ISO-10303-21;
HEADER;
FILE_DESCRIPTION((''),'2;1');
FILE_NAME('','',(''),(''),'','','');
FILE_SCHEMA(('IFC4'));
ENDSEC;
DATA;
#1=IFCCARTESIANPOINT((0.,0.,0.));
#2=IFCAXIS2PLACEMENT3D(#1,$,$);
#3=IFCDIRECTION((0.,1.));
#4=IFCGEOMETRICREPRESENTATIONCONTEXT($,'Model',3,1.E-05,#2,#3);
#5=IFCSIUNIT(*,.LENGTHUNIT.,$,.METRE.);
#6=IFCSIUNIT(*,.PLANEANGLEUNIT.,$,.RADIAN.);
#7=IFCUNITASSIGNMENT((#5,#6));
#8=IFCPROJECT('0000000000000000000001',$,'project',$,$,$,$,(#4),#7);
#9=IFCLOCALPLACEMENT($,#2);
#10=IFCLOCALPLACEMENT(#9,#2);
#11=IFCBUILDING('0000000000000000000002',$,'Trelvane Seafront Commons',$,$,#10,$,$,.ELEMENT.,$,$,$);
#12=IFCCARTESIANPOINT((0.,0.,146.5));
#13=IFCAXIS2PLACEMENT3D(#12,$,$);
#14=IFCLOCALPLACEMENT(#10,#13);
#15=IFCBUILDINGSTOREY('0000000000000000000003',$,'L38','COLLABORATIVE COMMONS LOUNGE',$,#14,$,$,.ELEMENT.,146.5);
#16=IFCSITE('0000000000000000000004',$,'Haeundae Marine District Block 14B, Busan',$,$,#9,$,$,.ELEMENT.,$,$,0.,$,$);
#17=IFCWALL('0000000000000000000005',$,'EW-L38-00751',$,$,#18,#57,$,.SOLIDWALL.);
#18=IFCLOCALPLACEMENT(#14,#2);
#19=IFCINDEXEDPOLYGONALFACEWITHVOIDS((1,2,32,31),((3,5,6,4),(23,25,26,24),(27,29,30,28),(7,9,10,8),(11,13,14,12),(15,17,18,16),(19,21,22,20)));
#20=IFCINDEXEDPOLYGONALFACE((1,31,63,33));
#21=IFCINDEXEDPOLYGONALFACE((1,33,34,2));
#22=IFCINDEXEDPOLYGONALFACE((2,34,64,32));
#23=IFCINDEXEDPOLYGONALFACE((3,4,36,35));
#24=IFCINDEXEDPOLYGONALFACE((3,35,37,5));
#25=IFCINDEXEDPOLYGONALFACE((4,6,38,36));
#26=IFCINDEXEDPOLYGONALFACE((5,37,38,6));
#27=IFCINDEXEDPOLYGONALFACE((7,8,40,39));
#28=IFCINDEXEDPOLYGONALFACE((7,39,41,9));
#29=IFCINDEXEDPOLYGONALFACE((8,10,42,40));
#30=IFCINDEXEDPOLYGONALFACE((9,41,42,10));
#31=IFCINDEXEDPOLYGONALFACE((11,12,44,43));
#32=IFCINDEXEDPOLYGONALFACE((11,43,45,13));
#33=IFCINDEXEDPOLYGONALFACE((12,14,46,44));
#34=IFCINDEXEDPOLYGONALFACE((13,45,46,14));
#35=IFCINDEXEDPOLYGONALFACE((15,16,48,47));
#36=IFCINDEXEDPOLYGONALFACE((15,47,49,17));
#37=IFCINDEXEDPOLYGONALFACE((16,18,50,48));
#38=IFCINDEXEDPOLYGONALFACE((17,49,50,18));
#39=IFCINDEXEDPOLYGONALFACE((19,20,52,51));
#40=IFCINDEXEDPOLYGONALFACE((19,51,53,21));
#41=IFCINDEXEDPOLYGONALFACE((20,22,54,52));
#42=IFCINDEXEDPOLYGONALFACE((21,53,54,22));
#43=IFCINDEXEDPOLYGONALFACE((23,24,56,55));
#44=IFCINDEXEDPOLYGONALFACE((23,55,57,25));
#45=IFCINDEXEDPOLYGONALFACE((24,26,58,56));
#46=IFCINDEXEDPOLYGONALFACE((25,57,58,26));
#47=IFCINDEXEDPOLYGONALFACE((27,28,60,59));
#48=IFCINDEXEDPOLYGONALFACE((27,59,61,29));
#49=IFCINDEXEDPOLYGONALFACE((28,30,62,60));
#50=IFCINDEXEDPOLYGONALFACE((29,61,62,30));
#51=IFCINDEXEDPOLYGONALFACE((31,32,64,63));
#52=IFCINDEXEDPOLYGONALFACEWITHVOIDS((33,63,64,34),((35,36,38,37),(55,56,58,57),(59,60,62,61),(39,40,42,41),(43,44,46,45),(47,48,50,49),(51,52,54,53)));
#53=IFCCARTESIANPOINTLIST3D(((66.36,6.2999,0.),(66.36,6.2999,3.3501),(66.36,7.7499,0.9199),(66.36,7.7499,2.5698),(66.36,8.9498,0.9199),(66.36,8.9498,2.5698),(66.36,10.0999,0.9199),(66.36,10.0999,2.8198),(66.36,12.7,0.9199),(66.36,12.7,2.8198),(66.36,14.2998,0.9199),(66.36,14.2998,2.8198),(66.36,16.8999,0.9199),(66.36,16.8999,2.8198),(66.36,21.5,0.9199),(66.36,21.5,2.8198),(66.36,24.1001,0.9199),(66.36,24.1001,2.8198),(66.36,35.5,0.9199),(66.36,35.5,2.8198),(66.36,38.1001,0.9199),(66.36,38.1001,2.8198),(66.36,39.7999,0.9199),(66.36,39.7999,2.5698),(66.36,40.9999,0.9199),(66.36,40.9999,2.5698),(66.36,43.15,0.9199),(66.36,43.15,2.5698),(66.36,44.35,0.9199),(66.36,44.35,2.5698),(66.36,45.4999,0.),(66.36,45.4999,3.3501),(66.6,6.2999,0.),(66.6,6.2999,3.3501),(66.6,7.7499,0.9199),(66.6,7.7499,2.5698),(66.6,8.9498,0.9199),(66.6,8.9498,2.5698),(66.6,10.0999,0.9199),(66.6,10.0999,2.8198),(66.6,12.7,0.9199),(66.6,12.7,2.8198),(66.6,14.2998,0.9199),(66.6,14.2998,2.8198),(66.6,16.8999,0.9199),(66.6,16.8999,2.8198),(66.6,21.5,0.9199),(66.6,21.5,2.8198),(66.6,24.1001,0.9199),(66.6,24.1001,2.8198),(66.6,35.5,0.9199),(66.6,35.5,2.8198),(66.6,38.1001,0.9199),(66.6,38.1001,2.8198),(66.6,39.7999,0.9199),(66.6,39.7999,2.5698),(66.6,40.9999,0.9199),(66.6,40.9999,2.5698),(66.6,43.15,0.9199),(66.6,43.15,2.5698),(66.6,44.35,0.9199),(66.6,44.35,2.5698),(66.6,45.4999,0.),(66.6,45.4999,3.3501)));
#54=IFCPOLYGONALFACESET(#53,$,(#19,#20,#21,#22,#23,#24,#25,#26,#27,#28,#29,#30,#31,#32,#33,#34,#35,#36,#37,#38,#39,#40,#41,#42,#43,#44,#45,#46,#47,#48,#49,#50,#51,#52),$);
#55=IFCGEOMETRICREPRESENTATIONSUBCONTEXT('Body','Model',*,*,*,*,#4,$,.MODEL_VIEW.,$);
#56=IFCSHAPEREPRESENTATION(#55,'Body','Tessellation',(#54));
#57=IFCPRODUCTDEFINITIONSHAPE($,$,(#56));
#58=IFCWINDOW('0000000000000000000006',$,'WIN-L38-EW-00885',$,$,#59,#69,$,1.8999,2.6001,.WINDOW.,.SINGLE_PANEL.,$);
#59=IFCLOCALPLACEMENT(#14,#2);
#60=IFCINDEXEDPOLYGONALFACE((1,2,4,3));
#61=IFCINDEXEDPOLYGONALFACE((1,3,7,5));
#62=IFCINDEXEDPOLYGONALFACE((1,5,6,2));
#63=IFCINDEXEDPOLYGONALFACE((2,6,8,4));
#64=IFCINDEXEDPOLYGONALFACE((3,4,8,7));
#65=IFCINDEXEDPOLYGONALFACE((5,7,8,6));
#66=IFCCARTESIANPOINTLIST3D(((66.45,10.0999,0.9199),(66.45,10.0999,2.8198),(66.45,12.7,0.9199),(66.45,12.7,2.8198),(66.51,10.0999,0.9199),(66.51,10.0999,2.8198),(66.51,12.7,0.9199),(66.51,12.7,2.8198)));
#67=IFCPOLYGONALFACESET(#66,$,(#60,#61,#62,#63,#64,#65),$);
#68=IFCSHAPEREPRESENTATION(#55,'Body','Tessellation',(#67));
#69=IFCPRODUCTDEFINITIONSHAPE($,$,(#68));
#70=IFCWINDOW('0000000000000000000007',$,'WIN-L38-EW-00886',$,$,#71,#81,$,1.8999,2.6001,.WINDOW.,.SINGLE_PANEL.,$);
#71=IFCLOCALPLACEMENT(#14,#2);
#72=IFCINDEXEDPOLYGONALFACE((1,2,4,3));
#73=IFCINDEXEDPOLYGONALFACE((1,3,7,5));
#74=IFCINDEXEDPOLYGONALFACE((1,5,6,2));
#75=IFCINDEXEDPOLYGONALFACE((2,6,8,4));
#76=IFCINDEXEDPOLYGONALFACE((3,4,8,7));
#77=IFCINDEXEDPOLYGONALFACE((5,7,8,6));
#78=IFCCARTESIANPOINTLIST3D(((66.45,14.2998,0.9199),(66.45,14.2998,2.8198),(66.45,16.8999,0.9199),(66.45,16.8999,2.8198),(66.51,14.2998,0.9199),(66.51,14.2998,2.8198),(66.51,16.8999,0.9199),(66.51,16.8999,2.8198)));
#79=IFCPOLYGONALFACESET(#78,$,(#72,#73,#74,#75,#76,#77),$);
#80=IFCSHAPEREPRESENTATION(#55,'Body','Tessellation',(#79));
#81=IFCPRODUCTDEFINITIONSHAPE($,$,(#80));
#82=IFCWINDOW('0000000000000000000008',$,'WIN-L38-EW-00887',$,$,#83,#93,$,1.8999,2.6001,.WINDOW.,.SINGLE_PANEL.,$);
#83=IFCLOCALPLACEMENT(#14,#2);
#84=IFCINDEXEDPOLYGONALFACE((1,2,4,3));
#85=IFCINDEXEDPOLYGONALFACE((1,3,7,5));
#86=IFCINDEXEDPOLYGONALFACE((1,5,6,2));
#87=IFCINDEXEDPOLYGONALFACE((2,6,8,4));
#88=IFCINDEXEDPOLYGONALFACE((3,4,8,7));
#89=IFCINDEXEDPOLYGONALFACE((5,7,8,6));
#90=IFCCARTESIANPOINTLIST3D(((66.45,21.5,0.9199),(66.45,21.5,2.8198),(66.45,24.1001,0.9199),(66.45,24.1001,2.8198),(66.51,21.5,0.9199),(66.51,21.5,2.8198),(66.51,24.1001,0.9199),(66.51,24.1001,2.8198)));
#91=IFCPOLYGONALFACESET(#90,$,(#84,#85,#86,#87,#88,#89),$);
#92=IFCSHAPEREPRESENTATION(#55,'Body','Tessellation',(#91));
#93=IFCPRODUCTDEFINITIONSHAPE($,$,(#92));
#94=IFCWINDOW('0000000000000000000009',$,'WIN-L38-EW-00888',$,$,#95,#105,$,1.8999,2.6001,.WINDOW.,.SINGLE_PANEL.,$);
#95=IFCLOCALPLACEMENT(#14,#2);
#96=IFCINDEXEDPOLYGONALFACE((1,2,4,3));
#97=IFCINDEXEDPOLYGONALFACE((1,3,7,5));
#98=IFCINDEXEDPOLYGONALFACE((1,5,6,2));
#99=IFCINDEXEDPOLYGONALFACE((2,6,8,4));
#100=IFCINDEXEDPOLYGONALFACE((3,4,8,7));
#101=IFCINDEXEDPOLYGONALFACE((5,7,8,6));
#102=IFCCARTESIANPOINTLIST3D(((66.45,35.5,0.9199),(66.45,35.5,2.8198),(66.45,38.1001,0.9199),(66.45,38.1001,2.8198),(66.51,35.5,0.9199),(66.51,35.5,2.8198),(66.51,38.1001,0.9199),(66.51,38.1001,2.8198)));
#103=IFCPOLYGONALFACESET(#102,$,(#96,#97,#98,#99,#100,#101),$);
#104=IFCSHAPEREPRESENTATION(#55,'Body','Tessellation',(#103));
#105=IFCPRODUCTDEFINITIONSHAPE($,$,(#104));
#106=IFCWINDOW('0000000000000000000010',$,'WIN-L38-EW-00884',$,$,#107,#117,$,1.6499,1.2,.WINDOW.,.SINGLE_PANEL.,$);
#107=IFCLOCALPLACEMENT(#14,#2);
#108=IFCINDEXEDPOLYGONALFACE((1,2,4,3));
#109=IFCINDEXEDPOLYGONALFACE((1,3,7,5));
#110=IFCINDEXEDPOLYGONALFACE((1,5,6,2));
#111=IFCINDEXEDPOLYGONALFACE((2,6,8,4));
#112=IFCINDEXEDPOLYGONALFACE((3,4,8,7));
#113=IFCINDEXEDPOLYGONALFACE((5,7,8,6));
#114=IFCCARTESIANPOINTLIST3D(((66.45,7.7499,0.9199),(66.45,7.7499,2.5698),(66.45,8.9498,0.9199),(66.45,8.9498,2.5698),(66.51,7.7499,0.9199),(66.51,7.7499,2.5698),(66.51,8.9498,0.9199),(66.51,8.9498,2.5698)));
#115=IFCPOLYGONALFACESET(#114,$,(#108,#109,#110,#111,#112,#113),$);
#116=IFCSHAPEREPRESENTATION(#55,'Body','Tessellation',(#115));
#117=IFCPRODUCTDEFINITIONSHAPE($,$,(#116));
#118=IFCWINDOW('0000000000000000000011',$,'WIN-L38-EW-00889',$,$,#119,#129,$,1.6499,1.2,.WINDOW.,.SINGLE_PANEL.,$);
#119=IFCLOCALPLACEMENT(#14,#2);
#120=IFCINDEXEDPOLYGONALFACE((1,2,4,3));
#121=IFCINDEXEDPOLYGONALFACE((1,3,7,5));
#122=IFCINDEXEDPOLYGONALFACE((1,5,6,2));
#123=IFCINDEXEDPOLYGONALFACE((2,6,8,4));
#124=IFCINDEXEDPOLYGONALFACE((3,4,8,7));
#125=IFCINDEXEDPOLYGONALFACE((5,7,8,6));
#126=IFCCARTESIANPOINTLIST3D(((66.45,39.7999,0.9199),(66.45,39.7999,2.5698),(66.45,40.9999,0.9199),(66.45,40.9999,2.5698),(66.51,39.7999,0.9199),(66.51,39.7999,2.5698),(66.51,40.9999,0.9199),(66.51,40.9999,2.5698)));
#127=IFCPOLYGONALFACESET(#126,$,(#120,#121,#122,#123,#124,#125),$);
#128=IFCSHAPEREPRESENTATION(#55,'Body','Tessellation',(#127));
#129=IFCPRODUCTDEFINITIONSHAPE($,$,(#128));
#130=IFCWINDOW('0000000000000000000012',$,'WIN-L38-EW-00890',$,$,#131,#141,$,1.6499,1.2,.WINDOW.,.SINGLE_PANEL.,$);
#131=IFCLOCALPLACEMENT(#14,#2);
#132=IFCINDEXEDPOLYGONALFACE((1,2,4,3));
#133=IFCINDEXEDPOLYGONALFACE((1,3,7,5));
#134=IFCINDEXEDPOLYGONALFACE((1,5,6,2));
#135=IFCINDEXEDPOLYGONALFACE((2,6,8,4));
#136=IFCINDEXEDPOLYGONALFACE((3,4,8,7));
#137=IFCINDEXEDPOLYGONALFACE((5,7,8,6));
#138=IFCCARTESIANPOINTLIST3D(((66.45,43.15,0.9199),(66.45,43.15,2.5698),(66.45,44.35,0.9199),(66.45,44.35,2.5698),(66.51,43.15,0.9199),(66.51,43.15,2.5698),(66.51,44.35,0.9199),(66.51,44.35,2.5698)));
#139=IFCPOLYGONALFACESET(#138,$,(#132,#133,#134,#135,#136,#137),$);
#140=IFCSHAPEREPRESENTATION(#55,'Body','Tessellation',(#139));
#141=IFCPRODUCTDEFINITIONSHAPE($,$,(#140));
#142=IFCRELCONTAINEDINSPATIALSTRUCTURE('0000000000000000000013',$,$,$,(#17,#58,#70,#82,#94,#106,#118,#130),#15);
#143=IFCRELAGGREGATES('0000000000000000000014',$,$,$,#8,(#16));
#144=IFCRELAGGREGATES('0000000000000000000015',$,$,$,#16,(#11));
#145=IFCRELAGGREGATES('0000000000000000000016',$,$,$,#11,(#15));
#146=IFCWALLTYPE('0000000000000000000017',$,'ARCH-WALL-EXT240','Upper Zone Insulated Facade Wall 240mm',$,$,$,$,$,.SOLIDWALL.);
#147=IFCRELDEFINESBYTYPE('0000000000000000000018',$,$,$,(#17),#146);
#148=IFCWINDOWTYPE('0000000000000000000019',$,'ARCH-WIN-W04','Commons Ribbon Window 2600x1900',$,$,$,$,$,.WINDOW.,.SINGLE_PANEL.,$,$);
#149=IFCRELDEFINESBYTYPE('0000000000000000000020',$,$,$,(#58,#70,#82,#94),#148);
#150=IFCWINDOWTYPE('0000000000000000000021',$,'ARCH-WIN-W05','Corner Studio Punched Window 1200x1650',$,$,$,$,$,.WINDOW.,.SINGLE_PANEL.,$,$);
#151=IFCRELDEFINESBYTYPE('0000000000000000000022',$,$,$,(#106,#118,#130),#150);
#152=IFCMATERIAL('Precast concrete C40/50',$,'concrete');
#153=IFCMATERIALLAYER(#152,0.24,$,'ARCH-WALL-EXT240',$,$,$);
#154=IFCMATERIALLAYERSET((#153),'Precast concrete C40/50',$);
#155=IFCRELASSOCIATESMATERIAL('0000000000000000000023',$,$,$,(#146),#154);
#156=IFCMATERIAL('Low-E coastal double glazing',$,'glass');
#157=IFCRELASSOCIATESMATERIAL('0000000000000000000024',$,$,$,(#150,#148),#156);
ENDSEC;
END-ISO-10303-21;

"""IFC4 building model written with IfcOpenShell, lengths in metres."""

from ifc_helpers import new_model, si_unit, direction, frame, frame_2d, origin, place, context, subcontext, project, spatial, rectangle, extrude, source, transform, mapped, material, layer, layer_set, type_object, element, fill, save


model = new_model("IFC4")

# Units and contexts
model_context = context("Model", 3, precision=1e-05, world=origin(), true_north=direction((0.0, 1.0)))
body_context = subcontext(model_context, "Body", "Model", "MODEL_VIEW")
ifc_project = project(units=[si_unit("LENGTHUNIT", "METRE"), si_unit("PLANEANGLEUNIT", "RADIAN")], contexts=[model_context])

# Site, building, storey
site_placement = place(None, origin())
site = spatial("IfcSite", under=ifc_project, at=site_placement, Name="Haeundae Marine District Block 14B, Busan", CompositionType="ELEMENT", RefElevation=0.0)
building_placement = place(site_placement, origin())
building = spatial("IfcBuilding", under=site, at=building_placement, Name="Trelvane Seafront Commons", CompositionType="ELEMENT")
storey_placement = place(building_placement, frame((0.0, 0.0, 146.5)))
storey = spatial("IfcBuildingStorey", under=building, at=storey_placement, Name="L38", Description="COLLABORATIVE COMMONS LOUNGE", CompositionType="ELEMENT", Elevation=146.5)

# Shared definitions
ifc_material_1 = material(Name="Low-E coastal double glazing", Category="glass")

# Shared definitions
ifc_material_2 = material(Name="Precast concrete C40/50", Category="concrete")
ifc_layer_1 = layer(ifc_material_2, 0.24, Name="ARCH-WALL-EXT240")
ifc_layer_set_1 = layer_set([ifc_layer_1], Name="Precast concrete C40/50")
wall_type_1 = type_object("IfcWallType", Name="ARCH-WALL-EXT240", Description="Upper Zone Insulated Facade Wall 240mm", PredefinedType="SOLIDWALL", material=ifc_layer_set_1)
window_type_1 = type_object("IfcWindowType", Name="ARCH-WIN-W05", Description="Corner Studio Punched Window 1200x1650", PartitioningType="SINGLE_PANEL", PredefinedType="WINDOW", material=ifc_material_1)
shared_shape_1 = source(origin(), body_context, "Body", "SweptSolid", [
    extrude(rectangle(XDim=1.2, YDim=1.6499, at=frame_2d((0.6001, 0.825))), frame((0.0, 0.03, 0.0), z_axis=(0.0, -1.0, 0.0), x_axis=(1.0, 0.0, 0.0)), (0.0, 0.0, 1.0), 0.0601),
])

# Wall, openings, windows
wall_1_placement = place(storey_placement, frame((66.48, 45.5, 0.0), z_axis=(0.0, 0.0, 1.0), x_axis=(0.0, -1.0, 0.0)))
wall_1 = element("IfcWall", 1, at=wall_1_placement, inside=storey, type_object=wall_type_1, Name="EW-L38-00751", PredefinedType="SOLIDWALL", context=body_context, shape_type="SweptSolid", body=[
    extrude(rectangle(XDim=39.2, YDim=0.24, at=frame_2d((19.6001, 0.0))), origin(), (0.0, 0.0, 1.0), 3.3501),
])
opening_1_placement = place(wall_1_placement, frame((36.55, 0.0, 0.9199)))
opening_1 = element("IfcOpeningElement", 2, at=opening_1_placement, cuts=wall_1, PredefinedType="OPENING", context=body_context, shape_type="SweptSolid", body=[
    extrude(rectangle(XDim=1.2, YDim=1.6499, at=frame_2d((0.6001, 0.825))), frame((0.0, 0.1299, 0.0), z_axis=(0.0, -1.0, 0.0), x_axis=(1.0, 0.0, 0.0)), (0.0, 0.0, 1.0), 0.26),
])
opening_2_placement = place(wall_1_placement, frame((32.8, 0.0, 0.9199)))
opening_2 = element("IfcOpeningElement", 3, at=opening_2_placement, cuts=wall_1, PredefinedType="OPENING", context=body_context, shape_type="SweptSolid", body=[
    extrude(rectangle(XDim=2.6001, YDim=1.8999, at=frame_2d((1.3, 0.95))), frame((0.0, 0.1299, 0.0), z_axis=(0.0, -1.0, 0.0), x_axis=(1.0, 0.0, 0.0)), (0.0, 0.0, 1.0), 0.26),
])
opening_3_placement = place(wall_1_placement, frame((28.6001, 0.0, 0.9199)))
opening_3 = element("IfcOpeningElement", 4, at=opening_3_placement, cuts=wall_1, PredefinedType="OPENING", context=body_context, shape_type="SweptSolid", body=[
    extrude(rectangle(XDim=2.6001, YDim=1.8999, at=frame_2d((1.3, 0.95))), frame((0.0, 0.1299, 0.0), z_axis=(0.0, -1.0, 0.0), x_axis=(1.0, 0.0, 0.0)), (0.0, 0.0, 1.0), 0.26),
])
opening_4_placement = place(wall_1_placement, frame((21.3999, 0.0, 0.9199)))
opening_4 = element("IfcOpeningElement", 5, at=opening_4_placement, cuts=wall_1, PredefinedType="OPENING", context=body_context, shape_type="SweptSolid", body=[
    extrude(rectangle(XDim=2.6001, YDim=1.8999, at=frame_2d((1.3, 0.95))), frame((0.0, 0.1299, 0.0), z_axis=(0.0, -1.0, 0.0), x_axis=(1.0, 0.0, 0.0)), (0.0, 0.0, 1.0), 0.26),
])
opening_5_placement = place(wall_1_placement, frame((7.3999, 0.0, 0.9199)))
opening_5 = element("IfcOpeningElement", 6, at=opening_5_placement, cuts=wall_1, PredefinedType="OPENING", context=body_context, shape_type="SweptSolid", body=[
    extrude(rectangle(XDim=2.6001, YDim=1.8999, at=frame_2d((1.3, 0.95))), frame((0.0, 0.1299, 0.0), z_axis=(0.0, -1.0, 0.0), x_axis=(1.0, 0.0, 0.0)), (0.0, 0.0, 1.0), 0.26),
])
opening_6_placement = place(wall_1_placement, frame((4.5, 0.0, 0.9199)))
opening_6 = element("IfcOpeningElement", 7, at=opening_6_placement, cuts=wall_1, PredefinedType="OPENING", context=body_context, shape_type="SweptSolid", body=[
    extrude(rectangle(XDim=1.2, YDim=1.6499, at=frame_2d((0.6001, 0.825))), frame((0.0, 0.1299, 0.0), z_axis=(0.0, -1.0, 0.0), x_axis=(1.0, 0.0, 0.0)), (0.0, 0.0, 1.0), 0.26),
])
opening_7_placement = place(wall_1_placement, frame((1.1499, 0.0, 0.9199)))
opening_7 = element("IfcOpeningElement", 8, at=opening_7_placement, cuts=wall_1, PredefinedType="OPENING", context=body_context, shape_type="SweptSolid", body=[
    extrude(rectangle(XDim=1.2, YDim=1.6499, at=frame_2d((0.6001, 0.825))), frame((0.0, 0.1299, 0.0), z_axis=(0.0, -1.0, 0.0), x_axis=(1.0, 0.0, 0.0)), (0.0, 0.0, 1.0), 0.26),
])
window_type_2 = type_object("IfcWindowType", Name="ARCH-WIN-W04", Description="Commons Ribbon Window 2600x1900", PartitioningType="SINGLE_PANEL", PredefinedType="WINDOW", material=ifc_material_1)
shared_shape_2 = source(origin(), body_context, "Body", "SweptSolid", [
    extrude(rectangle(XDim=2.6001, YDim=1.8999, at=frame_2d((1.3, 0.95))), frame((0.0, 0.03, 0.0), z_axis=(0.0, -1.0, 0.0), x_axis=(1.0, 0.0, 0.0)), (0.0, 0.0, 1.0), 0.0601),
])
window_1_placement = place(opening_2_placement, origin())
window_1 = element("IfcWindow", 9, at=window_1_placement, inside=storey, type_object=window_type_2, Name="WIN-L38-EW-00885", OverallHeight=1.8999, OverallWidth=2.6001, PartitioningType="SINGLE_PANEL", PredefinedType="WINDOW", context=body_context, shape_type="MappedRepresentation", body=[
    mapped(shared_shape_2, transform((0.0, 0.0, 0.0), x_axis=(1.0, 0.0, 0.0), y_axis=(0.0, 1.0, 0.0), z_axis=(0.0, 0.0, 1.0), scale=1.0)),
])
fill(opening_2, window_1)
window_2_placement = place(opening_3_placement, origin())
window_2 = element("IfcWindow", 10, at=window_2_placement, inside=storey, type_object=window_type_2, Name="WIN-L38-EW-00886", OverallHeight=1.8999, OverallWidth=2.6001, PartitioningType="SINGLE_PANEL", PredefinedType="WINDOW", context=body_context, shape_type="MappedRepresentation", body=[
    mapped(shared_shape_2, transform((0.0, 0.0, 0.0), x_axis=(1.0, 0.0, 0.0), y_axis=(0.0, 1.0, 0.0), z_axis=(0.0, 0.0, 1.0), scale=1.0)),
])
fill(opening_3, window_2)
window_3_placement = place(opening_4_placement, origin())
window_3 = element("IfcWindow", 11, at=window_3_placement, inside=storey, type_object=window_type_2, Name="WIN-L38-EW-00887", OverallHeight=1.8999, OverallWidth=2.6001, PartitioningType="SINGLE_PANEL", PredefinedType="WINDOW", context=body_context, shape_type="MappedRepresentation", body=[
    mapped(shared_shape_2, transform((0.0, 0.0, 0.0), x_axis=(1.0, 0.0, 0.0), y_axis=(0.0, 1.0, 0.0), z_axis=(0.0, 0.0, 1.0), scale=1.0)),
])
fill(opening_4, window_3)
window_4_placement = place(opening_5_placement, origin())
window_4 = element("IfcWindow", 12, at=window_4_placement, inside=storey, type_object=window_type_2, Name="WIN-L38-EW-00888", OverallHeight=1.8999, OverallWidth=2.6001, PartitioningType="SINGLE_PANEL", PredefinedType="WINDOW", context=body_context, shape_type="MappedRepresentation", body=[
    mapped(shared_shape_2, transform((0.0, 0.0, 0.0), x_axis=(1.0, 0.0, 0.0), y_axis=(0.0, 1.0, 0.0), z_axis=(0.0, 0.0, 1.0), scale=1.0)),
])
fill(opening_5, window_4)
window_5_placement = place(opening_1_placement, origin())
window_5 = element("IfcWindow", 13, at=window_5_placement, inside=storey, type_object=window_type_1, Name="WIN-L38-EW-00884", OverallHeight=1.6499, OverallWidth=1.2, PartitioningType="SINGLE_PANEL", PredefinedType="WINDOW", context=body_context, shape_type="MappedRepresentation", body=[
    mapped(shared_shape_1, transform((0.0, 0.0, 0.0), x_axis=(1.0, 0.0, 0.0), y_axis=(0.0, 1.0, 0.0), z_axis=(0.0, 0.0, 1.0), scale=1.0)),
])
fill(opening_1, window_5)
window_6_placement = place(opening_6_placement, origin())
window_6 = element("IfcWindow", 14, at=window_6_placement, inside=storey, type_object=window_type_1, Name="WIN-L38-EW-00889", OverallHeight=1.6499, OverallWidth=1.2, PartitioningType="SINGLE_PANEL", PredefinedType="WINDOW", context=body_context, shape_type="MappedRepresentation", body=[
    mapped(shared_shape_1, transform((0.0, 0.0, 0.0), x_axis=(1.0, 0.0, 0.0), y_axis=(0.0, 1.0, 0.0), z_axis=(0.0, 0.0, 1.0), scale=1.0)),
])
fill(opening_6, window_6)
window_7_placement = place(opening_7_placement, origin())
window_7 = element("IfcWindow", 15, at=window_7_placement, inside=storey, type_object=window_type_1, Name="WIN-L38-EW-00890", OverallHeight=1.6499, OverallWidth=1.2, PartitioningType="SINGLE_PANEL", PredefinedType="WINDOW", context=body_context, shape_type="MappedRepresentation", body=[
    mapped(shared_shape_1, transform((0.0, 0.0, 0.0), x_axis=(1.0, 0.0, 0.0), y_axis=(0.0, 1.0, 0.0), z_axis=(0.0, 0.0, 1.0), scale=1.0)),
])
fill(opening_7, window_7)

save(model, "model.ifc")
